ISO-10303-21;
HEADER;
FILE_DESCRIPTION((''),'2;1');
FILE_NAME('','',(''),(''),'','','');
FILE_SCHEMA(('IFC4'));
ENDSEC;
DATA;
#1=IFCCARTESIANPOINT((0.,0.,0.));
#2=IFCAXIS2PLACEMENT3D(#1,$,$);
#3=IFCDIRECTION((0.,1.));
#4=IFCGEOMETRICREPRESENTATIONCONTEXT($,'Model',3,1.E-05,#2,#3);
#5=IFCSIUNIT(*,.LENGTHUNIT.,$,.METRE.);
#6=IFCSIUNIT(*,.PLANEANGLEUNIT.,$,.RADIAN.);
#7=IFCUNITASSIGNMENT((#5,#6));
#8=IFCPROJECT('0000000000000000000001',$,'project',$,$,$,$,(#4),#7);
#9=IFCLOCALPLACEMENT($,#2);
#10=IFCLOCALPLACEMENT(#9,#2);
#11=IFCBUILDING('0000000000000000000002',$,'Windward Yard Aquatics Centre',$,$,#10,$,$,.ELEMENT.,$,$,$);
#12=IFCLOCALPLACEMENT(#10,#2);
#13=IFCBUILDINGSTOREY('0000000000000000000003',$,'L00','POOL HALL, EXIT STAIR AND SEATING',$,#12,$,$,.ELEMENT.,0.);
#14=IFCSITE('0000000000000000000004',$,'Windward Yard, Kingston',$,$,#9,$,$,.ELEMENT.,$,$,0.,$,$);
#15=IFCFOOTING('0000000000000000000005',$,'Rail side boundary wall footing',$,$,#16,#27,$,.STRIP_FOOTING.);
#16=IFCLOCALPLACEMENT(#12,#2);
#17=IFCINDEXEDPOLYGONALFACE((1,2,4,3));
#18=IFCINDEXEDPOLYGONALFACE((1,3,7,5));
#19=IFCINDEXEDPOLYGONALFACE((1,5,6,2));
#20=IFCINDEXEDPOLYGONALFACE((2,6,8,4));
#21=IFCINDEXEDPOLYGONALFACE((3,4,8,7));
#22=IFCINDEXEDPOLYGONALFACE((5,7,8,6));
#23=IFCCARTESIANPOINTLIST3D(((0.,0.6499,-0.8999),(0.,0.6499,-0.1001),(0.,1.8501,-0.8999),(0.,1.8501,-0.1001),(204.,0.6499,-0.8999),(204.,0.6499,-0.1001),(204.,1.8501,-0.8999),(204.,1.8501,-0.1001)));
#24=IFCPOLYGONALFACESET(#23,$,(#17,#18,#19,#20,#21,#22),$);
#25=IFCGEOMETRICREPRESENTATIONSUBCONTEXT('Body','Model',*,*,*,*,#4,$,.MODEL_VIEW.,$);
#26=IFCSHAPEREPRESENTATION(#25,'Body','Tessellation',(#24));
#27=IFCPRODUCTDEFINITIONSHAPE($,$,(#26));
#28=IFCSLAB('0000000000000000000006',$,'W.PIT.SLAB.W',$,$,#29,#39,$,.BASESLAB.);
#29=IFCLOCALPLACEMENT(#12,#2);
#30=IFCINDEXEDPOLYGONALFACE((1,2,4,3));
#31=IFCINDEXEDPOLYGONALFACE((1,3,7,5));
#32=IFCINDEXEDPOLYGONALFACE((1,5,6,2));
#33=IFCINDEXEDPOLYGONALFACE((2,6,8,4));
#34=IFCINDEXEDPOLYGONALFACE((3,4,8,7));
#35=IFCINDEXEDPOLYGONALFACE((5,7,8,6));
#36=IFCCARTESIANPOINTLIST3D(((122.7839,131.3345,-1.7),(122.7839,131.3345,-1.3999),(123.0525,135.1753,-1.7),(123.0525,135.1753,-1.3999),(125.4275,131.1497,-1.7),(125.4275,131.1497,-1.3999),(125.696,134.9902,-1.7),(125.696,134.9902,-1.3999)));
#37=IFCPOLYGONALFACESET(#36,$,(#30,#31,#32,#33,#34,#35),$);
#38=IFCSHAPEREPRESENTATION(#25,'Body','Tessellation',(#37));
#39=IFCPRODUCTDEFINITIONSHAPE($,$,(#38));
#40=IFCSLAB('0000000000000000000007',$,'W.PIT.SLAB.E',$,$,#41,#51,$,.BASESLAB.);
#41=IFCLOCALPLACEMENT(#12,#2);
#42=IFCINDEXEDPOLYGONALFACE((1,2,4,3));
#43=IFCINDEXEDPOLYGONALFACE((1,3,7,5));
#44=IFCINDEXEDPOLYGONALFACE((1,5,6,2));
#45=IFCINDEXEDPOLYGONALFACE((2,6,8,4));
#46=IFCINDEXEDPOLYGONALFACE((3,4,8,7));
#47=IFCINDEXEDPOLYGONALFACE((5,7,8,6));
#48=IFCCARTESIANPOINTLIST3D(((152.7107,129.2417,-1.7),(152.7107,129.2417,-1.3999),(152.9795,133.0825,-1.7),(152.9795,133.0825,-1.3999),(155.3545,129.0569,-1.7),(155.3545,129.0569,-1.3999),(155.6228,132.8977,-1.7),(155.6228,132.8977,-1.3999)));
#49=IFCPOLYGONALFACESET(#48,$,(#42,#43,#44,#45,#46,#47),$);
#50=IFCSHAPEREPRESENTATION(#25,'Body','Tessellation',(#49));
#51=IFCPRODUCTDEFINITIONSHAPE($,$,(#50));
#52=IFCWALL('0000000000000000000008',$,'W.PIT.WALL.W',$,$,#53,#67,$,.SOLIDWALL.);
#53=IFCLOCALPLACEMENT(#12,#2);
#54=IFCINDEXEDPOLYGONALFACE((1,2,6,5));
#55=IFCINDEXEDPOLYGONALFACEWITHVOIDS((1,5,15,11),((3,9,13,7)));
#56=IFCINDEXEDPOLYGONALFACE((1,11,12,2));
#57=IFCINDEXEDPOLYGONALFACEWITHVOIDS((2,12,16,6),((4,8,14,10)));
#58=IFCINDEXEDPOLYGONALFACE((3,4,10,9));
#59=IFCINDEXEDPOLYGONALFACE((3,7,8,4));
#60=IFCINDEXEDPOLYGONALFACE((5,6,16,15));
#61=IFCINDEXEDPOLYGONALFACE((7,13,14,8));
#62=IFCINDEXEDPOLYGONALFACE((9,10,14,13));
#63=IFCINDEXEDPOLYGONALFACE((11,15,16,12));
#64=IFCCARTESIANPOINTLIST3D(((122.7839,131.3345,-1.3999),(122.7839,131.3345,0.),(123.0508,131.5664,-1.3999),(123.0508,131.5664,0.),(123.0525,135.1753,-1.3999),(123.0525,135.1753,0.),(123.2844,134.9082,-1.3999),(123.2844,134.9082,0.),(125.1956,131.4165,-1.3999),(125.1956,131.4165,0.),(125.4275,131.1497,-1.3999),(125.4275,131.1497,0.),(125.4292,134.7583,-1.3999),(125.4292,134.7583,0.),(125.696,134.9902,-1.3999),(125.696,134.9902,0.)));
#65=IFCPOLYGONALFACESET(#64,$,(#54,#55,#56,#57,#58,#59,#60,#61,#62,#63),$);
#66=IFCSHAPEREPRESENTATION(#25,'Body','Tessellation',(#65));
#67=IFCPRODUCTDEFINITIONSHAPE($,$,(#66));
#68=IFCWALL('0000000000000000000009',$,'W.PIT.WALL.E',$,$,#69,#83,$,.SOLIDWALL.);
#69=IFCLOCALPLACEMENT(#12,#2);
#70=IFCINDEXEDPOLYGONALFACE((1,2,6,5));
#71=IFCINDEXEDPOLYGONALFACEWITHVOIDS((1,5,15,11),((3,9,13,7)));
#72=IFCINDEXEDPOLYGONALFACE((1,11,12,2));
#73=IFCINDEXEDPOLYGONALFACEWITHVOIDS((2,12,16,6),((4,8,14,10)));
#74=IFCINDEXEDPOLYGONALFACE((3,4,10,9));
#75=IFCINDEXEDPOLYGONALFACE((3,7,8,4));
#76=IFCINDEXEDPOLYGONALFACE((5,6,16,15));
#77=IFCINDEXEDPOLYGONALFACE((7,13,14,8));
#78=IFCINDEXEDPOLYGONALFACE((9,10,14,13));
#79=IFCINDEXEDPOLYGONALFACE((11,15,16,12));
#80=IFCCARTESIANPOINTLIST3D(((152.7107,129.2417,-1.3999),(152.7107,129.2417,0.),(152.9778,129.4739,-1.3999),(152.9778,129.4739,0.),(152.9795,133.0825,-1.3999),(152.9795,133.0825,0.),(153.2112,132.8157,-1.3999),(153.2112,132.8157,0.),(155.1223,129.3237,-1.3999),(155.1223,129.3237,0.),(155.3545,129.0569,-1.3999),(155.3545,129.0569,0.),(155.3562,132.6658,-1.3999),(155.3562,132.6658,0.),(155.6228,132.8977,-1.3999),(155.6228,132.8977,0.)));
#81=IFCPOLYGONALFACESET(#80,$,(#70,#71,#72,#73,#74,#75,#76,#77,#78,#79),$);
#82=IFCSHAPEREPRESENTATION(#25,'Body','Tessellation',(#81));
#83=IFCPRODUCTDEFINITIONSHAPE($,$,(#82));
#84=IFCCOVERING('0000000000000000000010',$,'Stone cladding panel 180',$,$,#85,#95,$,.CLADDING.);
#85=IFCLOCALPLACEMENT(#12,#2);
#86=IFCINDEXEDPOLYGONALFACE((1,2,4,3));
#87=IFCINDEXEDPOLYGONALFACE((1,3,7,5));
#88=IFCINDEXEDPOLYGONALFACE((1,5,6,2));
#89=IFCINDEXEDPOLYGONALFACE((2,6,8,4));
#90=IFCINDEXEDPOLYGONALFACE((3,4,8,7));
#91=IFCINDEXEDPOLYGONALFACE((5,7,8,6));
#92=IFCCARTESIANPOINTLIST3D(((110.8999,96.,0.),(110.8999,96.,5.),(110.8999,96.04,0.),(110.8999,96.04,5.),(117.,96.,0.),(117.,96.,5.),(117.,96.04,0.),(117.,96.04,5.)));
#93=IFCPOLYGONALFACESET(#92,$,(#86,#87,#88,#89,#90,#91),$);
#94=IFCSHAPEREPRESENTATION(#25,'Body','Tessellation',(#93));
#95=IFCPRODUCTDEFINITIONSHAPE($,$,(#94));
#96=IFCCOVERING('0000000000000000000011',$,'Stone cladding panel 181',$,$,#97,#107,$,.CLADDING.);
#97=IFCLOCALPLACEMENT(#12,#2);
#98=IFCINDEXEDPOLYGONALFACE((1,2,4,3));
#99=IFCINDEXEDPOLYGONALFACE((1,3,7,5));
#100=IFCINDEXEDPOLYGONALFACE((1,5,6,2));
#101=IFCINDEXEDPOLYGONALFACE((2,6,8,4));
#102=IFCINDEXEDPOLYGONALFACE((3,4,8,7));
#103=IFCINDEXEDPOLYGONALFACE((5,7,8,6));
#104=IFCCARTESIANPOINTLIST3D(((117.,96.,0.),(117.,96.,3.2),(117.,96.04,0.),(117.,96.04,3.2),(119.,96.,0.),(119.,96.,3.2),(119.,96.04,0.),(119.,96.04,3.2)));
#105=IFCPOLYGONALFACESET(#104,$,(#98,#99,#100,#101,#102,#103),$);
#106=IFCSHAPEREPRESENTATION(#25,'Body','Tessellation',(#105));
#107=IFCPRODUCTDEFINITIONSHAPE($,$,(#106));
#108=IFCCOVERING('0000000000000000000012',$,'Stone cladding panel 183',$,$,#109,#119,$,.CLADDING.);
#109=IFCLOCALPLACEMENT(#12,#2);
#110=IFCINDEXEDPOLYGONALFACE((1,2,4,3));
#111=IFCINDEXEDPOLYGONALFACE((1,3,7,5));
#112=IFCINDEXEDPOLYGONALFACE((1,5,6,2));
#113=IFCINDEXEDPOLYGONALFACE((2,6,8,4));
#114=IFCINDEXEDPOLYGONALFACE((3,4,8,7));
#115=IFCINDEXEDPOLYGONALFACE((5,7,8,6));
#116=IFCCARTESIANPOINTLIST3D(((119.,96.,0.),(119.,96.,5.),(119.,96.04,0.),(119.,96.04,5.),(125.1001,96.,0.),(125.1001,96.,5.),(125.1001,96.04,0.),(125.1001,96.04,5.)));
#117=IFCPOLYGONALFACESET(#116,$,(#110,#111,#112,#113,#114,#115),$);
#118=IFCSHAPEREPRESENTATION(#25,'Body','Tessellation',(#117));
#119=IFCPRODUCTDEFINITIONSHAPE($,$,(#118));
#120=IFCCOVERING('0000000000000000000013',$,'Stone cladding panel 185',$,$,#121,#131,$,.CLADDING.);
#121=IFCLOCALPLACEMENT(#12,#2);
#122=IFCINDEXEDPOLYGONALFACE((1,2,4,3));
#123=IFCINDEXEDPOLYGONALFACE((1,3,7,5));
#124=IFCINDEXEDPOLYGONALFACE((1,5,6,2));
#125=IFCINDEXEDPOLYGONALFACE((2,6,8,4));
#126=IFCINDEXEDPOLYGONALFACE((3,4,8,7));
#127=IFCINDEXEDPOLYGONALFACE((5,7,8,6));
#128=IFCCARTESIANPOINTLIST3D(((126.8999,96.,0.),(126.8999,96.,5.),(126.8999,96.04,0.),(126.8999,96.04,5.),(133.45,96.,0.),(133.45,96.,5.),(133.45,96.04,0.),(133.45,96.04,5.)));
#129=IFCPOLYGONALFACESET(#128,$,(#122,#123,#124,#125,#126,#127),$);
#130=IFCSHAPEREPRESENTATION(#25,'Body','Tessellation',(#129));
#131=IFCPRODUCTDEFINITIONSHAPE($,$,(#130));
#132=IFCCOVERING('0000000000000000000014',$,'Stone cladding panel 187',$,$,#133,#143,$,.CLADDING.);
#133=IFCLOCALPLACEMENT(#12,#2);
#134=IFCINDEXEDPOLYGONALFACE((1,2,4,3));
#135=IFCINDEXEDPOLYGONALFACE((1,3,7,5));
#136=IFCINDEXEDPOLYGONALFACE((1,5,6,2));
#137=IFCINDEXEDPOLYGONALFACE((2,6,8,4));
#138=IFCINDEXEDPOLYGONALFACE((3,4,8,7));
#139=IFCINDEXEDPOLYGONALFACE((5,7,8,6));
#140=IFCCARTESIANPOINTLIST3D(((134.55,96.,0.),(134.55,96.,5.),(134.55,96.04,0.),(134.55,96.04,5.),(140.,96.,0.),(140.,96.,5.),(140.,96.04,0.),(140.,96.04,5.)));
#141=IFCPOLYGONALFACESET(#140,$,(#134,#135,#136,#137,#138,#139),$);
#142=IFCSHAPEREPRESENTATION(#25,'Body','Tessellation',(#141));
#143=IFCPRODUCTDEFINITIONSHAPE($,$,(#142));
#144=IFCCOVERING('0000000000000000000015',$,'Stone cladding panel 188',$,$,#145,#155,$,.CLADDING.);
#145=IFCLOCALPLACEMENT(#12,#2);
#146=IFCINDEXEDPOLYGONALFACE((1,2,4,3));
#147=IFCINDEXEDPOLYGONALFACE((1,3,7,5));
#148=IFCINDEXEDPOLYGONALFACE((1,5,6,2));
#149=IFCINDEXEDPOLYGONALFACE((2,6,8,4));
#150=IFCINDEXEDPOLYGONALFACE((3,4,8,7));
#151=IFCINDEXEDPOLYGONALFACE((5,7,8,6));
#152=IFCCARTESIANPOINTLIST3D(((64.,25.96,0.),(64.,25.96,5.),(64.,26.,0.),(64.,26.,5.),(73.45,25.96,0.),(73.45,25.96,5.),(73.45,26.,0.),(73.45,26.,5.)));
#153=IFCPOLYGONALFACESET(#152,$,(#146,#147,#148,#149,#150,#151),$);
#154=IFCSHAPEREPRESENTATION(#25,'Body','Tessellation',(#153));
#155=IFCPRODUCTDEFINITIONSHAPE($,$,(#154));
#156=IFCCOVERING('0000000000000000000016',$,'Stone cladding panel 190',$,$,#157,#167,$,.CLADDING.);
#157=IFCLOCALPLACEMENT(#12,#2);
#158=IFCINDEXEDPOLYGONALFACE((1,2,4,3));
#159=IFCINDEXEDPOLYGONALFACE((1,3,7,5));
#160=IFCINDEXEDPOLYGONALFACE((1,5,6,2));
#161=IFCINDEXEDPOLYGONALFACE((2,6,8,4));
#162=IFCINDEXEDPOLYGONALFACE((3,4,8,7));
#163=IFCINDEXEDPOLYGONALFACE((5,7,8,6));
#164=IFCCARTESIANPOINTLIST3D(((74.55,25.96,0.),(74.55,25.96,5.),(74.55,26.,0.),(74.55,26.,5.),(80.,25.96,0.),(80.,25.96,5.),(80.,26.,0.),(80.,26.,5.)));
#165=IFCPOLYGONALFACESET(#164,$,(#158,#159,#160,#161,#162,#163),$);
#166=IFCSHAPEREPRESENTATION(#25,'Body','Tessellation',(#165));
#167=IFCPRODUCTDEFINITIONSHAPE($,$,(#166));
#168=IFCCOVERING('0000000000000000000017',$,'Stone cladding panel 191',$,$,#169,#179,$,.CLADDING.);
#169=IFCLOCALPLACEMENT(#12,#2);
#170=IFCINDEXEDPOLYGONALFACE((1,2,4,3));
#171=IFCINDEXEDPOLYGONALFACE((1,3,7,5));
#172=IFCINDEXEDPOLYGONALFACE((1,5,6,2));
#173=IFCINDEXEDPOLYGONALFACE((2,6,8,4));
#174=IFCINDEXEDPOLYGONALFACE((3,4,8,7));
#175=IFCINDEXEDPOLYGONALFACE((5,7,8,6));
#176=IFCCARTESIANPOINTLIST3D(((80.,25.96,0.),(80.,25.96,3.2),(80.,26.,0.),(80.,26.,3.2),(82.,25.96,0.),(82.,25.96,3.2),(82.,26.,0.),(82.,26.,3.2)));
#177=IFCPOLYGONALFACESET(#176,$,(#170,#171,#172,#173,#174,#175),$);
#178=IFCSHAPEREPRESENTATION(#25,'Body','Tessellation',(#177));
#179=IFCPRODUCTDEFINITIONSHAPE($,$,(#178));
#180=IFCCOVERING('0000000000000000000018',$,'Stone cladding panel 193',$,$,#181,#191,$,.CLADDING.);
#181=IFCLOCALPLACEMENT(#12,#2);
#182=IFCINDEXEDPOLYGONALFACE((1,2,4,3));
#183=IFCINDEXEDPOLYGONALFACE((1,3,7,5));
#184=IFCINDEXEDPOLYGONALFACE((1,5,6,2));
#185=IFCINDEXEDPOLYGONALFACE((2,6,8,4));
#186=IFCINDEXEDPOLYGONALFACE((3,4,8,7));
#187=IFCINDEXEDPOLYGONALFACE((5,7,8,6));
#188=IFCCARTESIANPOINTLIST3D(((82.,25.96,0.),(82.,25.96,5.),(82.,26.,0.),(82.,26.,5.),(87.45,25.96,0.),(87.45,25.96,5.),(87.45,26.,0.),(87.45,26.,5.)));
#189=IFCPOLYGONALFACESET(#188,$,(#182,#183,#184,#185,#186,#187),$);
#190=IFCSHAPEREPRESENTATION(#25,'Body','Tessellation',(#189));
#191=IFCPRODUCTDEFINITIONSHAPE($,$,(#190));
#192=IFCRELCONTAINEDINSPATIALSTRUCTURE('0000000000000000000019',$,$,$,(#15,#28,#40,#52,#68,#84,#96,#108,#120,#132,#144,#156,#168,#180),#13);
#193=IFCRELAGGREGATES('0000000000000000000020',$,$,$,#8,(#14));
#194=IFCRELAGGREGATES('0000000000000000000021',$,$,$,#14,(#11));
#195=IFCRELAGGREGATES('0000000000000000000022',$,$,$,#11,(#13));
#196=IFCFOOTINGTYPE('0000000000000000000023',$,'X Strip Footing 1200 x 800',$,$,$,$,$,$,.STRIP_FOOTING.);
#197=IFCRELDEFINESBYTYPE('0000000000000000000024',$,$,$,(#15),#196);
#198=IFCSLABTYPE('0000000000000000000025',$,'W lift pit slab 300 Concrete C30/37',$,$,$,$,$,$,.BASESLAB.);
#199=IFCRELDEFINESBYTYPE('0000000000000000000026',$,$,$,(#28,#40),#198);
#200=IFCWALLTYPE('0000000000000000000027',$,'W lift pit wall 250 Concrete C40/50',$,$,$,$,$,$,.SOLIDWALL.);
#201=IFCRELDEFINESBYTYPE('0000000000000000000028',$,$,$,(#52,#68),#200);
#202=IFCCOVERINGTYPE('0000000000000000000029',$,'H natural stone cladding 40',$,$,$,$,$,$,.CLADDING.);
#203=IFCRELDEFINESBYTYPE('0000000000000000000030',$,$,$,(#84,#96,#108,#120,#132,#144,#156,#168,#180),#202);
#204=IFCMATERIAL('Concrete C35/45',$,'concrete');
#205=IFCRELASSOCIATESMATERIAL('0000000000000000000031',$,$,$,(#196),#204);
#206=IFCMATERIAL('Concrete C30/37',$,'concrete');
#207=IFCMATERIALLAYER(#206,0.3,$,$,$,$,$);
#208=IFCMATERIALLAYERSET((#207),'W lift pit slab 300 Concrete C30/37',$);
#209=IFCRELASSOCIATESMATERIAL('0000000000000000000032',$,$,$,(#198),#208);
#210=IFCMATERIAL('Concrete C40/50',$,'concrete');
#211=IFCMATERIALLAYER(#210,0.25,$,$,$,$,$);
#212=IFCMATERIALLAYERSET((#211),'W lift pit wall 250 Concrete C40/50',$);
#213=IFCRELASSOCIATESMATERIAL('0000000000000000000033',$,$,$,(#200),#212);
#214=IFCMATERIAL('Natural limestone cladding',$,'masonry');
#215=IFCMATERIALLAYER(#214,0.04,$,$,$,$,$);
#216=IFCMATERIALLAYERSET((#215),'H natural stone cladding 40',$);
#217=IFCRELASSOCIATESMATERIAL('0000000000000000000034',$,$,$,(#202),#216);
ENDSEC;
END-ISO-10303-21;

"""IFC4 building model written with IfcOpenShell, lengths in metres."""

from ifc_helpers import new_model, si_unit, direction, frame, origin, place, context, subcontext, project, spatial, polyline, outline, extrude, material, layer, layer_set, type_object, element, save


model = new_model("IFC4")

# Units and contexts
model_context = context("Model", 3, precision=1e-05, world=origin(), true_north=direction((0.0, 1.0)))
body_context = subcontext(model_context, "Body", "Model", "MODEL_VIEW")
ifc_project = project(units=[si_unit("LENGTHUNIT", "METRE"), si_unit("PLANEANGLEUNIT", "RADIAN")], contexts=[model_context])

# Site, building, storey
site_placement = place(None, origin())
site = spatial("IfcSite", under=ifc_project, at=site_placement, Name="Windward Yard, Kingston", CompositionType="ELEMENT", RefElevation=0.0)
building_placement = place(site_placement, origin())
building = spatial("IfcBuilding", under=site, at=building_placement, Name="Windward Yard Aquatics Centre", CompositionType="ELEMENT")
storey_placement = place(building_placement, origin())
storey = spatial("IfcBuildingStorey", under=building, at=storey_placement, Name="L00", Description="POOL HALL, EXIT STAIR AND SEATING", CompositionType="ELEMENT", Elevation=0.0)

# Footing
ifc_material_1 = material(Name="Concrete C35/45", Category="concrete")
footing_type = type_object("IfcFootingType", Name="X Strip Footing 1200 x 800", PredefinedType="STRIP_FOOTING", material=ifc_material_1)
footing_placement = place(storey_placement, frame((0.0, 0.0, -0.8999)))
element("IfcFooting", 1, at=footing_placement, inside=storey, type_object=footing_type, Name="Rail side boundary wall footing", PredefinedType="STRIP_FOOTING", context=body_context, shape_type="SweptSolid", body=[
    extrude(outline(polyline([(0.0, 0.6499), (204.0, 0.6499), (204.0, 1.8501), (0.0, 1.8501), (0.0, 0.6499)])), origin(), (0.0, 0.0, 1.0), 0.7998),
])

# Slabs
ifc_material_2 = material(Name="Concrete C30/37", Category="concrete")
ifc_layer_1 = layer(ifc_material_2, 0.3)
ifc_layer_set_1 = layer_set([ifc_layer_1], Name="W lift pit slab 300 Concrete C30/37")
slab_type = type_object("IfcSlabType", Name="W lift pit slab 300 Concrete C30/37", PredefinedType="BASESLAB", material=ifc_layer_set_1)
slab_1_placement = place(storey_placement, frame((0.0, 0.0, -1.7)))
element("IfcSlab", 2, at=slab_1_placement, inside=storey, type_object=slab_type, Name="W.PIT.SLAB.W", PredefinedType="BASESLAB", context=body_context, shape_type="SweptSolid", body=[
    extrude(outline(polyline([(122.7839, 131.3345), (125.4275, 131.1497), (125.696, 134.9902), (123.0525, 135.1753), (122.7839, 131.3345)])), origin(), (0.0, 0.0, 1.0), 0.3),
])
slab_2_placement = place(storey_placement, frame((0.0, 0.0, -1.7)))
element("IfcSlab", 3, at=slab_2_placement, inside=storey, type_object=slab_type, Name="W.PIT.SLAB.E", PredefinedType="BASESLAB", context=body_context, shape_type="SweptSolid", body=[
    extrude(outline(polyline([(152.7107, 129.2417), (155.3545, 129.0569), (155.6228, 132.8977), (152.9795, 133.0825), (152.7107, 129.2417)])), origin(), (0.0, 0.0, 1.0), 0.3),
])

# Walls
ifc_material_3 = material(Name="Concrete C40/50", Category="concrete")
ifc_layer_2 = layer(ifc_material_3, 0.25)
ifc_layer_set_2 = layer_set([ifc_layer_2], Name="W lift pit wall 250 Concrete C40/50")
wall_type = type_object("IfcWallType", Name="W lift pit wall 250 Concrete C40/50", PredefinedType="SOLIDWALL", material=ifc_layer_set_2)
wall_1_placement = place(storey_placement, frame((0.0, 0.0, -1.3999)))
element("IfcWall", 4, at=wall_1_placement, inside=storey, type_object=wall_type, Name="W.PIT.WALL.W", PredefinedType="SOLIDWALL", context=body_context, shape_type="SweptSolid", body=[
    extrude(outline(polyline([(122.7839, 131.3345), (125.4275, 131.1497), (125.696, 134.9902), (123.0525, 135.1753), (122.7839, 131.3345)]), holes=[polyline([(123.0508, 131.5664), (125.1956, 131.4165), (125.4292, 134.7583), (123.2844, 134.9082), (123.0508, 131.5664)])]), origin(), (0.0, 0.0, 1.0), 1.3999),
])
wall_2_placement = place(storey_placement, frame((0.0, 0.0, -1.3999)))
element("IfcWall", 5, at=wall_2_placement, inside=storey, type_object=wall_type, Name="W.PIT.WALL.E", PredefinedType="SOLIDWALL", context=body_context, shape_type="SweptSolid", body=[
    extrude(outline(polyline([(152.7107, 129.2417), (155.3545, 129.0569), (155.6228, 132.8977), (152.9795, 133.0825), (152.7107, 129.2417)]), holes=[polyline([(152.9778, 129.4739), (155.1223, 129.3237), (155.3562, 132.6658), (153.2112, 132.8157), (152.9778, 129.4739)])]), origin(), (0.0, 0.0, 1.0), 1.3999),
])

# Coverings
ifc_material_4 = material(Name="Natural limestone cladding", Category="masonry")
ifc_layer_3 = layer(ifc_material_4, 0.04)
ifc_layer_set_3 = layer_set([ifc_layer_3], Name="H natural stone cladding 40")
covering_type_1 = type_object("IfcCoveringType", Name="H natural stone cladding 40", PredefinedType="CLADDING", material=ifc_layer_set_3)
covering_1_placement = place(storey_placement, origin())
element("IfcCovering", 6, at=covering_1_placement, inside=storey, type_object=covering_type_1, Name="Stone cladding panel 180", PredefinedType="CLADDING", context=body_context, shape_type="SweptSolid", body=[
    extrude(outline(polyline([(110.8999, 96.0), (117.0, 96.0), (117.0, 96.04), (110.8999, 96.04), (110.8999, 96.0)])), origin(), (0.0, 0.0, 1.0), 5.0),
])
covering_2_placement = place(storey_placement, origin())
element("IfcCovering", 7, at=covering_2_placement, inside=storey, type_object=covering_type_1, Name="Stone cladding panel 181", PredefinedType="CLADDING", context=body_context, shape_type="SweptSolid", body=[
    extrude(outline(polyline([(117.0, 96.0), (119.0, 96.0), (119.0, 96.04), (117.0, 96.04), (117.0, 96.0)])), origin(), (0.0, 0.0, 1.0), 3.2),
])
covering_3_placement = place(storey_placement, origin())
element("IfcCovering", 8, at=covering_3_placement, inside=storey, type_object=covering_type_1, Name="Stone cladding panel 183", PredefinedType="CLADDING", context=body_context, shape_type="SweptSolid", body=[
    extrude(outline(polyline([(119.0, 96.0), (125.1001, 96.0), (125.1001, 96.04), (119.0, 96.04), (119.0, 96.0)])), origin(), (0.0, 0.0, 1.0), 5.0),
])
covering_4_placement = place(storey_placement, origin())
element("IfcCovering", 9, at=covering_4_placement, inside=storey, type_object=covering_type_1, Name="Stone cladding panel 185", PredefinedType="CLADDING", context=body_context, shape_type="SweptSolid", body=[
    extrude(outline(polyline([(126.8999, 96.0), (133.45, 96.0), (133.45, 96.04), (126.8999, 96.04), (126.8999, 96.0)])), origin(), (0.0, 0.0, 1.0), 5.0),
])
covering_5_placement = place(storey_placement, origin())
element("IfcCovering", 10, at=covering_5_placement, inside=storey, type_object=covering_type_1, Name="Stone cladding panel 187", PredefinedType="CLADDING", context=body_context, shape_type="SweptSolid", body=[
    extrude(outline(polyline([(134.55, 96.0), (140.0, 96.0), (140.0, 96.04), (134.55, 96.04), (134.55, 96.0)])), origin(), (0.0, 0.0, 1.0), 5.0),
])
covering_6_placement = place(storey_placement, origin())
element("IfcCovering", 11, at=covering_6_placement, inside=storey, type_object=covering_type_1, Name="Stone cladding panel 188", PredefinedType="CLADDING", context=body_context, shape_type="SweptSolid", body=[
    extrude(outline(polyline([(64.0, 25.96), (64.0, 26.0), (73.45, 26.0), (73.45, 25.96), (64.0, 25.96)])), origin(), (0.0, 0.0, 1.0), 5.0),
])
covering_7_placement = place(storey_placement, origin())
element("IfcCovering", 12, at=covering_7_placement, inside=storey, type_object=covering_type_1, Name="Stone cladding panel 190", PredefinedType="CLADDING", context=body_context, shape_type="SweptSolid", body=[
    extrude(outline(polyline([(74.55, 25.96), (74.55, 26.0), (80.0, 26.0), (80.0, 25.96), (74.55, 25.96)])), origin(), (0.0, 0.0, 1.0), 5.0),
])
covering_8_placement = place(storey_placement, origin())
element("IfcCovering", 13, at=covering_8_placement, inside=storey, type_object=covering_type_1, Name="Stone cladding panel 191", PredefinedType="CLADDING", context=body_context, shape_type="SweptSolid", body=[
    extrude(outline(polyline([(80.0, 25.96), (80.0, 26.0), (82.0, 26.0), (82.0, 25.96), (80.0, 25.96)])), origin(), (0.0, 0.0, 1.0), 3.2),
])
covering_9_placement = place(storey_placement, origin())
element("IfcCovering", 14, at=covering_9_placement, inside=storey, type_object=covering_type_1, Name="Stone cladding panel 193", PredefinedType="CLADDING", context=body_context, shape_type="SweptSolid", body=[
    extrude(outline(polyline([(82.0, 25.96), (82.0, 26.0), (87.45, 26.0), (87.45, 25.96), (82.0, 25.96)])), origin(), (0.0, 0.0, 1.0), 5.0),
])

save(model, "model.ifc")
